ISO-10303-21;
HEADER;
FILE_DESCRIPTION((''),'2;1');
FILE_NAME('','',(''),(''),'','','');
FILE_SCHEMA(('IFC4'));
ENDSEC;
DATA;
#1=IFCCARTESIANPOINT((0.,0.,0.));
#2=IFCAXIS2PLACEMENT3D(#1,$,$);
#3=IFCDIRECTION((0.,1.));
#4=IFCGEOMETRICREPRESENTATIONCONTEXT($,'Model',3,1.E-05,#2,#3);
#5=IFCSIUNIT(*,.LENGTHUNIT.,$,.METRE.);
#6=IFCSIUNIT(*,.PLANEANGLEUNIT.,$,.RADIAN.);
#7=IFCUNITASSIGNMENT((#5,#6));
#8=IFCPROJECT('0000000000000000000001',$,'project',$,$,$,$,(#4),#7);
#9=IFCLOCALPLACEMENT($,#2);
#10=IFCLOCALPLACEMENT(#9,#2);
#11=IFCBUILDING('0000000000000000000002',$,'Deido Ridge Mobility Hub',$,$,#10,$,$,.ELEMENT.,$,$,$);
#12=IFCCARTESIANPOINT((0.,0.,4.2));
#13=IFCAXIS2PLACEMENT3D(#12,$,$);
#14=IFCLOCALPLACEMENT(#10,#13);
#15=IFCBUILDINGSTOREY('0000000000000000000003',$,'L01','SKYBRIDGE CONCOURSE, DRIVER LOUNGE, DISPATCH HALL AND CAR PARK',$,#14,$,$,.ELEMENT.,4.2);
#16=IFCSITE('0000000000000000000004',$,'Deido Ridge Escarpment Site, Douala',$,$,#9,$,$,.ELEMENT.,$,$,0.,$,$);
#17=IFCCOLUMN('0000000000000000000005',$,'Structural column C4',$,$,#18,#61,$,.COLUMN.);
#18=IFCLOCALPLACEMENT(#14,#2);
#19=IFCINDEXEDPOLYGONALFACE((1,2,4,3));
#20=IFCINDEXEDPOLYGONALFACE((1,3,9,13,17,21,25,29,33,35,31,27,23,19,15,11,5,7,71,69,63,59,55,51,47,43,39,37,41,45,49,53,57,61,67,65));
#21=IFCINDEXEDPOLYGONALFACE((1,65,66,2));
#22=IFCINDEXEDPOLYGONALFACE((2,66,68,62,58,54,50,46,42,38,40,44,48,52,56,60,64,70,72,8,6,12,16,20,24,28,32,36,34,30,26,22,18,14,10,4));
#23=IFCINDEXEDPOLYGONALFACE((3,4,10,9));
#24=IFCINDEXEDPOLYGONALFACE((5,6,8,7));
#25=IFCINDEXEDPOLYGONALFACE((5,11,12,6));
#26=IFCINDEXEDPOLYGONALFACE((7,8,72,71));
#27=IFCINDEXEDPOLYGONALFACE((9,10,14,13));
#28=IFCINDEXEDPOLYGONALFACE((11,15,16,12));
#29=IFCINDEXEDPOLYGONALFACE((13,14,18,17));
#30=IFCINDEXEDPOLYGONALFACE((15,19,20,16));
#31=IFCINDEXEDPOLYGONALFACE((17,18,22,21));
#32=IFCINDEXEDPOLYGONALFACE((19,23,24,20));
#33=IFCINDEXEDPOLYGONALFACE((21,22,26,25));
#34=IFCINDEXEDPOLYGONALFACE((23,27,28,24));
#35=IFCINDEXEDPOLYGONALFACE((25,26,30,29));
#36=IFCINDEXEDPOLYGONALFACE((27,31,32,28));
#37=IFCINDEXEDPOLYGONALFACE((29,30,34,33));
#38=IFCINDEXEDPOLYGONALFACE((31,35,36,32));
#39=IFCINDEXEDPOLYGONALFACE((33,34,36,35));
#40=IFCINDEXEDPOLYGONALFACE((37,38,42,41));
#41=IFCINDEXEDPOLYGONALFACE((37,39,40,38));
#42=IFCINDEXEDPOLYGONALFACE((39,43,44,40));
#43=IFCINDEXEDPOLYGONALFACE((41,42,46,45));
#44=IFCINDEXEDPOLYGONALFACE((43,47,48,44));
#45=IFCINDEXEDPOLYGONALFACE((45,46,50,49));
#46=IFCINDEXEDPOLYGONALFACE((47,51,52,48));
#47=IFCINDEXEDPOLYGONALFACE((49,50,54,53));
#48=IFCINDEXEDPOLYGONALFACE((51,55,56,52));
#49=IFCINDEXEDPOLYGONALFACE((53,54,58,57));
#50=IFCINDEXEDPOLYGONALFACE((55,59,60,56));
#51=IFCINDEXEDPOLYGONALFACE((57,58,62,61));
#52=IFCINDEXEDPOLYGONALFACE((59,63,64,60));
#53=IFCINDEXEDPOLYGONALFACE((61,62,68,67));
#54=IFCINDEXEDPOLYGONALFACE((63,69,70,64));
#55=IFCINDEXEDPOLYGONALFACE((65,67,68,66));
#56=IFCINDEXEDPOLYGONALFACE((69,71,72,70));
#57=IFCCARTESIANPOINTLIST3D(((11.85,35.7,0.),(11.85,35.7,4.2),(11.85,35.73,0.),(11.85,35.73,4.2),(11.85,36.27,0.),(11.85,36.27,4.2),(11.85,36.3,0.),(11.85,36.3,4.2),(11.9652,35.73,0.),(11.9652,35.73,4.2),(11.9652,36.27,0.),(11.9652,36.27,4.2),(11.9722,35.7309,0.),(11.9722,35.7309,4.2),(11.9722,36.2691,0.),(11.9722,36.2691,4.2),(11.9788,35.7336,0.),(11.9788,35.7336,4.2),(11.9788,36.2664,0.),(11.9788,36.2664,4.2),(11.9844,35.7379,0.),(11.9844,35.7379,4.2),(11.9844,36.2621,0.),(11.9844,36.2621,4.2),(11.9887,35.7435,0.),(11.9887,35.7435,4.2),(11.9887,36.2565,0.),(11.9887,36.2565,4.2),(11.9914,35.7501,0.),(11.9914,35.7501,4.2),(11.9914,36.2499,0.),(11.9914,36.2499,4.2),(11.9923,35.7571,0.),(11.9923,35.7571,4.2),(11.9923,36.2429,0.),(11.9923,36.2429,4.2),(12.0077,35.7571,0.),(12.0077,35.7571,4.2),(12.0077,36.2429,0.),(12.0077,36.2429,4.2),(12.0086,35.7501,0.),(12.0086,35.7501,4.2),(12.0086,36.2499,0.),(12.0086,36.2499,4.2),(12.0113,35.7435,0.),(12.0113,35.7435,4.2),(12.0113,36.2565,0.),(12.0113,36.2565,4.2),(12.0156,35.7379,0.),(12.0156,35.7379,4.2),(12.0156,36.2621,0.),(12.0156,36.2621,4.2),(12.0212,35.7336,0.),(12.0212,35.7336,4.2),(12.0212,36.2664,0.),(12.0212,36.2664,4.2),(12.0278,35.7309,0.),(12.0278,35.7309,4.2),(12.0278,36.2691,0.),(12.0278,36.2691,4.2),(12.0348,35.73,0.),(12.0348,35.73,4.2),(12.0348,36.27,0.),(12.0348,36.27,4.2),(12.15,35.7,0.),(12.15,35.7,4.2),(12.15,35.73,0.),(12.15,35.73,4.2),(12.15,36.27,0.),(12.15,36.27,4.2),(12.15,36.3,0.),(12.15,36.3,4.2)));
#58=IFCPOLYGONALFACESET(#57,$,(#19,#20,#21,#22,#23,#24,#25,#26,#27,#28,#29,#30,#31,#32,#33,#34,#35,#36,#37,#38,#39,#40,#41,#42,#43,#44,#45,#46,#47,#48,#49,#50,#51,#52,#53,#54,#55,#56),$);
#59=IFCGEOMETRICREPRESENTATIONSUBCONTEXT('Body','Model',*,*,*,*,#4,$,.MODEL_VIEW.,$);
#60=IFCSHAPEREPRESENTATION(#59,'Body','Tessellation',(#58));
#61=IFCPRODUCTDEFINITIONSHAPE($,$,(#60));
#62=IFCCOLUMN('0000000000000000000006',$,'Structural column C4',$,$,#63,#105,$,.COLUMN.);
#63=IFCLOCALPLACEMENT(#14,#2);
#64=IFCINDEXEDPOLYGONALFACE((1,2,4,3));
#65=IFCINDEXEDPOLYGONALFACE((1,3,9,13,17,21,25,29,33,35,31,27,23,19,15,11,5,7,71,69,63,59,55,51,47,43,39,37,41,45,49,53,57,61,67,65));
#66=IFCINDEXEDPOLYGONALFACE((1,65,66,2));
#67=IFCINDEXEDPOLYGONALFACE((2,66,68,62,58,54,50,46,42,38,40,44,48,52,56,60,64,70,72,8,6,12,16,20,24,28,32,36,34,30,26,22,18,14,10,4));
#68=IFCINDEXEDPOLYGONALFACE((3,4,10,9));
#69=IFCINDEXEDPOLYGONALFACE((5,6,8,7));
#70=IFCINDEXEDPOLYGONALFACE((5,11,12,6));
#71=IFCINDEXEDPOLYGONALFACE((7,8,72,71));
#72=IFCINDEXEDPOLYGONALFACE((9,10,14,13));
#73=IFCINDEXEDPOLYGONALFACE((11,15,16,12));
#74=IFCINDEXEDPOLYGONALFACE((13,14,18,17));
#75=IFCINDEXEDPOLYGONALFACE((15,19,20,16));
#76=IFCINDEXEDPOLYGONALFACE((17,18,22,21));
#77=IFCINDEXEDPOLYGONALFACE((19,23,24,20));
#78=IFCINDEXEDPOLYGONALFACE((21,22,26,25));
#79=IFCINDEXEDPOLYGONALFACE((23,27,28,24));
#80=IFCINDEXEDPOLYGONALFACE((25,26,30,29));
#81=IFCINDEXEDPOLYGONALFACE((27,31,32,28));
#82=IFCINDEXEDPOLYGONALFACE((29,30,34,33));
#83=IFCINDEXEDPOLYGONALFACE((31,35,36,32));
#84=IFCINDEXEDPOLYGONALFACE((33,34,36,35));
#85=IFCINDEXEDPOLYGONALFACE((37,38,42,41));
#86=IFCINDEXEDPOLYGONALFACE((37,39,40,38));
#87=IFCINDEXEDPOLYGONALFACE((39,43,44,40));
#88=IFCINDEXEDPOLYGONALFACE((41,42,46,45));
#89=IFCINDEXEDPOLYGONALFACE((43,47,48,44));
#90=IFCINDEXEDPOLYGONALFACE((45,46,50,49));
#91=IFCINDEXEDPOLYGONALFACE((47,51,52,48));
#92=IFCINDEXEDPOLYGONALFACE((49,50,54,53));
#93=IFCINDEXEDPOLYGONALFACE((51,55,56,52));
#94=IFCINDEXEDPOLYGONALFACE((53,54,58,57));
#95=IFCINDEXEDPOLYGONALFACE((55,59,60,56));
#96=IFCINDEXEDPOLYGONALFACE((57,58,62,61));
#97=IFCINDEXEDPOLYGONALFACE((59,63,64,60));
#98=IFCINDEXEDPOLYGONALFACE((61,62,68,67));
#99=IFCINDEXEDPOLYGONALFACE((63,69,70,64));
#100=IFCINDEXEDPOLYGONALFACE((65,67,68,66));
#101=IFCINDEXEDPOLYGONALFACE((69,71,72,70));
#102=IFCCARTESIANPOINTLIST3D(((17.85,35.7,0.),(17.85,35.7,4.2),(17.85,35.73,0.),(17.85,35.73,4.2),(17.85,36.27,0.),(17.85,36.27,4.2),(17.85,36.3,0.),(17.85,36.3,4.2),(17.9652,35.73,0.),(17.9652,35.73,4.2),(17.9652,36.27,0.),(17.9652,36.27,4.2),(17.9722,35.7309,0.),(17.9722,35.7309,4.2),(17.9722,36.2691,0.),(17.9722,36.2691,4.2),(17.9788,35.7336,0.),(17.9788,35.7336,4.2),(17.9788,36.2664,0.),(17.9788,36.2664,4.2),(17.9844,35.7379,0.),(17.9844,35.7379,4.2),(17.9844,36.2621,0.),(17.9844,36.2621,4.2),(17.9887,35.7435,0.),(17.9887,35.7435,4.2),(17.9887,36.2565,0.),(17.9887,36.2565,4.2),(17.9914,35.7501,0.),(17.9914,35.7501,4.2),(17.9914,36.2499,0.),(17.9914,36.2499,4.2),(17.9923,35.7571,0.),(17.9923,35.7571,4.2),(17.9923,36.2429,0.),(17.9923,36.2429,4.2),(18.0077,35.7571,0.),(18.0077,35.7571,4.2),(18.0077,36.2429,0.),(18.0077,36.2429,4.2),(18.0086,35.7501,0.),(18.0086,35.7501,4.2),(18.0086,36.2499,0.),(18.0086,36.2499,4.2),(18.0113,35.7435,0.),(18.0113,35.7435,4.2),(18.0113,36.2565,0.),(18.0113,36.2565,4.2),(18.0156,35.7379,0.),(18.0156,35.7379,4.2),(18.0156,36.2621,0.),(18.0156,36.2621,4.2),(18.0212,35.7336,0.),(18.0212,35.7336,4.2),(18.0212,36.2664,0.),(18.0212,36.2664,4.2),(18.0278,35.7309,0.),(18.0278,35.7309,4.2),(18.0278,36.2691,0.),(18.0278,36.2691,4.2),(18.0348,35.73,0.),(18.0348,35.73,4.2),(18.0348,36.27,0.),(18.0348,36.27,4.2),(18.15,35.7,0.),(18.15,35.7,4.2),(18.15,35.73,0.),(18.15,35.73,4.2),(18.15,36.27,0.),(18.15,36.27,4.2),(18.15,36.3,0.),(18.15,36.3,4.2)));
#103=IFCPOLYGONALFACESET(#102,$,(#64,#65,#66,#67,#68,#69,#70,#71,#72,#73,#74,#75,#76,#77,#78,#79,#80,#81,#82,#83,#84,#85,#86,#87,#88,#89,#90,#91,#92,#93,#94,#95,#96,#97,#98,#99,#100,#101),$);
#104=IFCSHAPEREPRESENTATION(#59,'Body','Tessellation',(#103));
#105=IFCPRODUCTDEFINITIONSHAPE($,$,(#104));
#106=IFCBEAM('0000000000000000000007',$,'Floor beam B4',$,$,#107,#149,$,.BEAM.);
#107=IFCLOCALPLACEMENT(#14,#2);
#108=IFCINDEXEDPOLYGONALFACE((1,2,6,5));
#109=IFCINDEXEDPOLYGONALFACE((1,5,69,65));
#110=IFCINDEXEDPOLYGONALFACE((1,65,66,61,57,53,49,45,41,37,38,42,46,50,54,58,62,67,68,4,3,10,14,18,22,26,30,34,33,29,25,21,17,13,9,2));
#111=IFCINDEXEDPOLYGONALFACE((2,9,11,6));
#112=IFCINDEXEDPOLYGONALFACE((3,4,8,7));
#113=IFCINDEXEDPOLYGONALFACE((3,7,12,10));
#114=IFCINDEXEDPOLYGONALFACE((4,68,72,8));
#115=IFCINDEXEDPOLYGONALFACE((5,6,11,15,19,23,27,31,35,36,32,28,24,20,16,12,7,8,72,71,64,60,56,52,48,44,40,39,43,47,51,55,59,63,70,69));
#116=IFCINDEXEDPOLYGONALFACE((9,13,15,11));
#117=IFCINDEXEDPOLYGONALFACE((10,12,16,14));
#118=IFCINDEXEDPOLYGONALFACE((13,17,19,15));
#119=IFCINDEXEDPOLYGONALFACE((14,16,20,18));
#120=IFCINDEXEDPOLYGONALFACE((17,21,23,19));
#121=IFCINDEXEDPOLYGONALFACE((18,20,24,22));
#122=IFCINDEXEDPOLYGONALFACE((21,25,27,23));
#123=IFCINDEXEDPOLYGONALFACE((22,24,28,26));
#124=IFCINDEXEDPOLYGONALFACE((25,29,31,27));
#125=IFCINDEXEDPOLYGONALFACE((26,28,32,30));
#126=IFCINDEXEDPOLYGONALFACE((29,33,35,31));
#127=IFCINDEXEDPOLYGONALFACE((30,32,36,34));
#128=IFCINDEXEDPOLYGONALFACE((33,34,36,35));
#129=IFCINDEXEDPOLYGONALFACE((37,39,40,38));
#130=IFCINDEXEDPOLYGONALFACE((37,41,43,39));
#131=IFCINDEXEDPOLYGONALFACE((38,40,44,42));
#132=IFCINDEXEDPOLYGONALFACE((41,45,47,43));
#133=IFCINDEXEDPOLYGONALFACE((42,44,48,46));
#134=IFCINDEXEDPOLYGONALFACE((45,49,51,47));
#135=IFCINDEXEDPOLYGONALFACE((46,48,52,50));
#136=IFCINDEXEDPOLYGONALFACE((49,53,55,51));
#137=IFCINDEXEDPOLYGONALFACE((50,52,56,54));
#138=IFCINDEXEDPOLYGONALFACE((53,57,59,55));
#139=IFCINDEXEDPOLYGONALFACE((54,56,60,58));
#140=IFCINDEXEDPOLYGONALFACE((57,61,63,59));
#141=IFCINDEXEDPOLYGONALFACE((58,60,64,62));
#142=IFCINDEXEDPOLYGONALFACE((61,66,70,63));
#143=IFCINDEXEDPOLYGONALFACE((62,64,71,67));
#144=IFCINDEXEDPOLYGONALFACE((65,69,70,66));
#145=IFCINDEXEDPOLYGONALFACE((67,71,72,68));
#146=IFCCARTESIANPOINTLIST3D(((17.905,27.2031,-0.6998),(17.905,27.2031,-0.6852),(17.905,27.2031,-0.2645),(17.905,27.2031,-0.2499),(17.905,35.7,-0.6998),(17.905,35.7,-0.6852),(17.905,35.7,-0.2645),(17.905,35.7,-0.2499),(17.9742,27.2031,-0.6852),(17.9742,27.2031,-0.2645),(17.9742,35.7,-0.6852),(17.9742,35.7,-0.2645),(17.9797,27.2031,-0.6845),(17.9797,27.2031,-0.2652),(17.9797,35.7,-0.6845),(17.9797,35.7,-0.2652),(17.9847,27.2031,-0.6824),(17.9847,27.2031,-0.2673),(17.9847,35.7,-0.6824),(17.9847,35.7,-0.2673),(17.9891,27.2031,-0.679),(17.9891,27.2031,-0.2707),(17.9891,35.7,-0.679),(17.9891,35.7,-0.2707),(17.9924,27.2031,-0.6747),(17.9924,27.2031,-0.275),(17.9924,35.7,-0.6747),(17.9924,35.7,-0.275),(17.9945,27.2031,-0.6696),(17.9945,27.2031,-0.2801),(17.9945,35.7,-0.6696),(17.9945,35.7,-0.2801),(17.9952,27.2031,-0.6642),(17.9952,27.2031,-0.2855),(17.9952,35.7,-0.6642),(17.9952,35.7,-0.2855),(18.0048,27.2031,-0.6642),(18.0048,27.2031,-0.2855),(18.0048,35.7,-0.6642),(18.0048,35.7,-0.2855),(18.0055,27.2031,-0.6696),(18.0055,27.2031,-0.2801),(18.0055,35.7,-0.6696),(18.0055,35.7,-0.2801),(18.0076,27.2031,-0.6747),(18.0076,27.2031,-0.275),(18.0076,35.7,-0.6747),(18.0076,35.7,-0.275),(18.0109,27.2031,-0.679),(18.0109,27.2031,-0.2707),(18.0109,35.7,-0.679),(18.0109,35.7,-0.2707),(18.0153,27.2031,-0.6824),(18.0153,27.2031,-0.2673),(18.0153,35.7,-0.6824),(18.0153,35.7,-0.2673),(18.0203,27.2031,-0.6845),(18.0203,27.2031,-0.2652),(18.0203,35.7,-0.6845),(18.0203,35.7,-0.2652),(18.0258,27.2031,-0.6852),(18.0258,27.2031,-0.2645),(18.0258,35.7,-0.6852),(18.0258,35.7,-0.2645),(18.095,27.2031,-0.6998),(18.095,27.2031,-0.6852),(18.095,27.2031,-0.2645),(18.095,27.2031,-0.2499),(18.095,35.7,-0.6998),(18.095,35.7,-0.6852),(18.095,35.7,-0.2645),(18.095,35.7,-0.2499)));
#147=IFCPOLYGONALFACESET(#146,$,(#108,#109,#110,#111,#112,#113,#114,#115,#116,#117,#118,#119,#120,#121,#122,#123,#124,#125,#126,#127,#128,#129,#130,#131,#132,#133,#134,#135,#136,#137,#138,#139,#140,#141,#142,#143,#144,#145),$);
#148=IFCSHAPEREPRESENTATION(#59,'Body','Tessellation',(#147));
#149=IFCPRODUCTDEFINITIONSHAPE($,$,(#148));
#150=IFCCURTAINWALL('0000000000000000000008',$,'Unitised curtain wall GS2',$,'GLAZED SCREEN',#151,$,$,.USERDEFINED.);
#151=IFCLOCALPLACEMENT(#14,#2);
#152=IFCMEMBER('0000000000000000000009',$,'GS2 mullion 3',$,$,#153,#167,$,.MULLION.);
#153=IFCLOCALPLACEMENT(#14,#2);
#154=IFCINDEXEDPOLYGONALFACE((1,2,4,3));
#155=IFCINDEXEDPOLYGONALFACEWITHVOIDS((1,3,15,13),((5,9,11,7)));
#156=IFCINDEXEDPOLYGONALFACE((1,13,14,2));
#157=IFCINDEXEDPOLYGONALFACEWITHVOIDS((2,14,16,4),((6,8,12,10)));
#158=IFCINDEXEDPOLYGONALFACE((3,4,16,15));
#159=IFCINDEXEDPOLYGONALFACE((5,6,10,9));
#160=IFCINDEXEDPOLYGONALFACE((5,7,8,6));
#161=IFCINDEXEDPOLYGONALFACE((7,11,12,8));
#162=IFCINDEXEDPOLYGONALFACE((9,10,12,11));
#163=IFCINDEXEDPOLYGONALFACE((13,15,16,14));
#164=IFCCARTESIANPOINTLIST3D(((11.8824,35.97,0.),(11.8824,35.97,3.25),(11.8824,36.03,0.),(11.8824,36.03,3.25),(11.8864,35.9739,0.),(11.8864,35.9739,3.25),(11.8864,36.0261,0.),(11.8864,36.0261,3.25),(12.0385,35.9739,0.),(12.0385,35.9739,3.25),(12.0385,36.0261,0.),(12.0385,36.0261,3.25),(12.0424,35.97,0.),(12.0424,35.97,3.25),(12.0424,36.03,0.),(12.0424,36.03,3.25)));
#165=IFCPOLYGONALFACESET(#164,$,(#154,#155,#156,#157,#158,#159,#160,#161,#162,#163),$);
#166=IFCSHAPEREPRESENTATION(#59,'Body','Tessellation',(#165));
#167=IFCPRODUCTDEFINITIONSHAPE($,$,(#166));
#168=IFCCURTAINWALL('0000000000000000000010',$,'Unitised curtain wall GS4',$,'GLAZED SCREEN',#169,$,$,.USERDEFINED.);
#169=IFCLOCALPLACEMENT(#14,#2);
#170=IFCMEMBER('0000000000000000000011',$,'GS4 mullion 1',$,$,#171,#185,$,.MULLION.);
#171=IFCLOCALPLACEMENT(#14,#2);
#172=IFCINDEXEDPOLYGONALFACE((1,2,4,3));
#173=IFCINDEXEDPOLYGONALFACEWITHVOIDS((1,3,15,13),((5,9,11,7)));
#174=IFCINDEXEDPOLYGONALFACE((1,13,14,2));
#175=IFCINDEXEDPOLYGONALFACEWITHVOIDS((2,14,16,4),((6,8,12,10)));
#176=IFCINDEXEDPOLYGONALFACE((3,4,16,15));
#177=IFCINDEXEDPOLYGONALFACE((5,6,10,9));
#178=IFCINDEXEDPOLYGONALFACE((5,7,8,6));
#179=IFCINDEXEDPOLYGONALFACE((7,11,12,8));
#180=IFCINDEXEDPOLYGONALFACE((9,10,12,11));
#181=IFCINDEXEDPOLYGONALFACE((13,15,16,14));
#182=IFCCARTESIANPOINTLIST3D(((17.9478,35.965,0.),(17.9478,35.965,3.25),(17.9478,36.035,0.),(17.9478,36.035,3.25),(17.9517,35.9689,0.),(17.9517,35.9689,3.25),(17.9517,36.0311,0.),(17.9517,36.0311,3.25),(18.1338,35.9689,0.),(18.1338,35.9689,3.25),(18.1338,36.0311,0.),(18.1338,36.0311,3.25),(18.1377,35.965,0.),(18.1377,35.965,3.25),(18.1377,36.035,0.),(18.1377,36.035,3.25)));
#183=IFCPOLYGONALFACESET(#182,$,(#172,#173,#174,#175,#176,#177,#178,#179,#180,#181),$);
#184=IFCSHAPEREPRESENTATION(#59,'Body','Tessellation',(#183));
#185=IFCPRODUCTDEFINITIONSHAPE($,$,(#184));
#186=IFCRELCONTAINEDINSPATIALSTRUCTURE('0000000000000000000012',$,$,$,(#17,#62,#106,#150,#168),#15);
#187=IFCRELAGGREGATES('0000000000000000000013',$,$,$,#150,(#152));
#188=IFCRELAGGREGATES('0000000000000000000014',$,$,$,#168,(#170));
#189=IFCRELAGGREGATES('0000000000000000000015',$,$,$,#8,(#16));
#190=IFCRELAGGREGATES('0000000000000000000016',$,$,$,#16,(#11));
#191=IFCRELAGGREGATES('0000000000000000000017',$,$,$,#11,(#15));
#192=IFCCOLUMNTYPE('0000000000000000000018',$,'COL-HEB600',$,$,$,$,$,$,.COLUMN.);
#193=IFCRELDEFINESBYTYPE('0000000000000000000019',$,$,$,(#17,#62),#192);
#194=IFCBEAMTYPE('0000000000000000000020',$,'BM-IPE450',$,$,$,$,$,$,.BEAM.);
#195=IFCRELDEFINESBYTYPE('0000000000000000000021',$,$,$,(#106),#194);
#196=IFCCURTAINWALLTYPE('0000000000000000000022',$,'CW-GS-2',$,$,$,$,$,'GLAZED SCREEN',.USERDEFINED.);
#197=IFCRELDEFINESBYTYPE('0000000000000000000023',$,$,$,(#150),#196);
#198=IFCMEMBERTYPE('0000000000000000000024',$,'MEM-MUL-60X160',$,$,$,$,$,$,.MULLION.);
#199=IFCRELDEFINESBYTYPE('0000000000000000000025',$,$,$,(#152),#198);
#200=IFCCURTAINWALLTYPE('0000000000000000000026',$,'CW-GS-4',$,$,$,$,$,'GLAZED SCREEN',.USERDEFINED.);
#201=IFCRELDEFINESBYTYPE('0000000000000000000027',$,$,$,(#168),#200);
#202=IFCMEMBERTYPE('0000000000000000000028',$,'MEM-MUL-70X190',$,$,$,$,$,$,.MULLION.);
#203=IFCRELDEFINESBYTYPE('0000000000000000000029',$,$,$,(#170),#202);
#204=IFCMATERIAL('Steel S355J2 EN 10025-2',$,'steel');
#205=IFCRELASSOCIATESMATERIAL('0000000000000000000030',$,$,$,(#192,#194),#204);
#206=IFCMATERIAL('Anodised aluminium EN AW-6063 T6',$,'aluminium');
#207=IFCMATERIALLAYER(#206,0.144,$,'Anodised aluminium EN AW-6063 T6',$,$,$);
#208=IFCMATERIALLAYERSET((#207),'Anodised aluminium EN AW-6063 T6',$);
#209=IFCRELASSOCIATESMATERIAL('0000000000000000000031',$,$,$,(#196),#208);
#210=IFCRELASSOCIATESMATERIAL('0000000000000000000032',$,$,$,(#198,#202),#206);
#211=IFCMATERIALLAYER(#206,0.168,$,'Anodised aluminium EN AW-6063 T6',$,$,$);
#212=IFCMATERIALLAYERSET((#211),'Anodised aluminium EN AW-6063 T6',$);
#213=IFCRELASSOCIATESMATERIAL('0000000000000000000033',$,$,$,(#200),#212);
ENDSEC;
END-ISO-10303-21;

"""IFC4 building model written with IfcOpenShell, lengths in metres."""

from ifc_helpers import new_model, si_unit, direction, frame, origin, origin_2d, place, context, subcontext, project, spatial, hollow_rectangle, i_section, extrude, material, layer, layer_set, material_profile, profile_set, type_object, element, aggregate, save


model = new_model("IFC4")

# Units and contexts
model_context = context("Model", 3, precision=1e-05, world=origin(), true_north=direction((0.0, 1.0)))
body_context = subcontext(model_context, "Body", "Model", "MODEL_VIEW")
ifc_project = project(units=[si_unit("LENGTHUNIT", "METRE"), si_unit("PLANEANGLEUNIT", "RADIAN")], contexts=[model_context])

# Site, building, storey
site_placement = place(None, origin())
site = spatial("IfcSite", under=ifc_project, at=site_placement, Name="Deido Ridge Escarpment Site, Douala", CompositionType="ELEMENT", RefElevation=0.0)
building_placement = place(site_placement, origin())
building = spatial("IfcBuilding", under=site, at=building_placement, Name="Deido Ridge Mobility Hub", CompositionType="ELEMENT")
storey_placement = place(building_placement, frame((0.0, 0.0, 4.2)))
storey = spatial("IfcBuildingStorey", under=building, at=storey_placement, Name="L01", Description="SKYBRIDGE CONCOURSE, DRIVER LOUNGE, DISPATCH HALL AND CAR PARK", CompositionType="ELEMENT", Elevation=4.2)

# Columns
ifc_material_1 = material(Name="Steel S355J2 EN 10025-2", Category="steel")
ifc_material_profile_1 = material_profile(ifc_material_1, i_section(OverallWidth=0.3, OverallDepth=0.6001, WebThickness=0.0154, FlangeThickness=0.03, FilletRadius=0.0271, at=origin_2d()), Name="HEB 600")
ifc_profile_set_1 = profile_set([ifc_material_profile_1], Name="Steel S355J2 EN 10025-2")
column_type = type_object("IfcColumnType", Name="COL-HEB600", PredefinedType="COLUMN", material=ifc_profile_set_1)
for number, where, z_axis, x_axis, name in (
    (1, (12.0, 36.0, 0.0), (0.0, 0.0, 1.0), (1.0, 0.0, 0.0), "Structural column C4"),
    (2, (18.0, 36.0, 0.0), (0.0, 0.0, 1.0), (1.0, 0.0, 0.0), "Structural column C4"),
):
    element("IfcColumn", number, at=place(storey_placement, frame(where, z_axis=z_axis, x_axis=x_axis)), inside=storey, type_object=column_type, Name=name, PredefinedType="COLUMN", context=body_context, shape_type="SweptSolid", body=[
        extrude(i_section(OverallWidth=0.3, OverallDepth=0.6001, WebThickness=0.0154, FlangeThickness=0.03, FilletRadius=0.0271, at=origin_2d()), origin(), (0.0, 0.0, 1.0), 4.2),
    ])

# Beam
ifc_material_profile_2 = material_profile(ifc_material_1, i_section(OverallWidth=0.1899, OverallDepth=0.45, WebThickness=0.0095, FlangeThickness=0.0146, FilletRadius=0.021, at=origin_2d()), Name="IPE 450")
ifc_profile_set_2 = profile_set([ifc_material_profile_2], Name="Steel S355J2 EN 10025-2")
beam_type_1 = type_object("IfcBeamType", Name="BM-IPE450", PredefinedType="BEAM", material=ifc_profile_set_2)
beam_1_placement = place(storey_placement, frame((18.0, 27.2031, -0.4749), z_axis=(0.0, 1.0, 0.0), x_axis=(-1.0, 0.0, 0.0)))
element("IfcBeam", 3, at=beam_1_placement, inside=storey, type_object=beam_type_1, Name="Floor beam B4", PredefinedType="BEAM", context=body_context, shape_type="SweptSolid", body=[
    extrude(i_section(OverallWidth=0.1899, OverallDepth=0.45, WebThickness=0.0095, FlangeThickness=0.0146, FilletRadius=0.021, at=origin_2d()), origin(), (0.0, 0.0, 1.0), 8.4968),
])

# Curtain wall, member
ifc_material_2 = material(Name="Anodised aluminium EN AW-6063 T6", Category="aluminium")
ifc_layer_1 = layer(ifc_material_2, 0.144, Name="Anodised aluminium EN AW-6063 T6")
ifc_layer_set_1 = layer_set([ifc_layer_1], Name="Anodised aluminium EN AW-6063 T6")
curtain_wall_type_1 = type_object("IfcCurtainWallType", Name="CW-GS-2", ElementType="GLAZED SCREEN", PredefinedType="USERDEFINED", material=ifc_layer_set_1)
curtain_wall_1_placement = place(storey_placement, origin())
curtain_wall_1 = element("IfcCurtainWall", 4, at=curtain_wall_1_placement, inside=storey, type_object=curtain_wall_type_1, Name="Unitised curtain wall GS2", ObjectType="GLAZED SCREEN", PredefinedType="USERDEFINED")
ifc_material_profile_3 = material_profile(ifc_material_2, hollow_rectangle(XDim=0.0601, YDim=0.1599, WallThickness=0.0039, at=origin_2d()), Name="RHS 60x160x4")
ifc_profile_set_3 = profile_set([ifc_material_profile_3], Name="Anodised aluminium EN AW-6063 T6")
member_type_1 = type_object("IfcMemberType", Name="MEM-MUL-60X160", PredefinedType="MULLION", material=ifc_profile_set_3)
member_1_placement = place(storey_placement, frame((11.9624, 36.0, 0.0), z_axis=(0.0, 0.0, 1.0), x_axis=(0.0, 1.0, 0.0)))
member_1 = element("IfcMember", 5, at=member_1_placement, type_object=member_type_1, Name="GS2 mullion 3", PredefinedType="MULLION", context=body_context, shape_type="SweptSolid", body=[
    extrude(hollow_rectangle(XDim=0.0601, YDim=0.1599, WallThickness=0.0039, at=origin_2d()), origin(), (0.0, 0.0, 1.0), 3.25),
])

# Curtain wall, member
ifc_layer_2 = layer(ifc_material_2, 0.168, Name="Anodised aluminium EN AW-6063 T6")
ifc_layer_set_2 = layer_set([ifc_layer_2], Name="Anodised aluminium EN AW-6063 T6")
curtain_wall_type_2 = type_object("IfcCurtainWallType", Name="CW-GS-4", ElementType="GLAZED SCREEN", PredefinedType="USERDEFINED", material=ifc_layer_set_2)
curtain_wall_2_placement = place(storey_placement, origin())
curtain_wall_2 = element("IfcCurtainWall", 6, at=curtain_wall_2_placement, inside=storey, type_object=curtain_wall_type_2, Name="Unitised curtain wall GS4", ObjectType="GLAZED SCREEN", PredefinedType="USERDEFINED")
ifc_material_profile_4 = material_profile(ifc_material_2, hollow_rectangle(XDim=0.0701, YDim=0.1899, WallThickness=0.0039, at=origin_2d()), Name="RHS 70x190x4")
ifc_profile_set_4 = profile_set([ifc_material_profile_4], Name="Anodised aluminium EN AW-6063 T6")
member_type_2 = type_object("IfcMemberType", Name="MEM-MUL-70X190", PredefinedType="MULLION", material=ifc_profile_set_4)
member_2_placement = place(storey_placement, frame((18.0427, 36.0, 0.0), z_axis=(0.0, 0.0, 1.0), x_axis=(0.0, 1.0, 0.0)))
member_2 = element("IfcMember", 7, at=member_2_placement, type_object=member_type_2, Name="GS4 mullion 1", PredefinedType="MULLION", context=body_context, shape_type="SweptSolid", body=[
    extrude(hollow_rectangle(XDim=0.0701, YDim=0.1899, WallThickness=0.0039, at=origin_2d()), origin(), (0.0, 0.0, 1.0), 3.25),
])

aggregate(curtain_wall_1, [member_1])
aggregate(curtain_wall_2, [member_2])

save(model, "model.ifc")
